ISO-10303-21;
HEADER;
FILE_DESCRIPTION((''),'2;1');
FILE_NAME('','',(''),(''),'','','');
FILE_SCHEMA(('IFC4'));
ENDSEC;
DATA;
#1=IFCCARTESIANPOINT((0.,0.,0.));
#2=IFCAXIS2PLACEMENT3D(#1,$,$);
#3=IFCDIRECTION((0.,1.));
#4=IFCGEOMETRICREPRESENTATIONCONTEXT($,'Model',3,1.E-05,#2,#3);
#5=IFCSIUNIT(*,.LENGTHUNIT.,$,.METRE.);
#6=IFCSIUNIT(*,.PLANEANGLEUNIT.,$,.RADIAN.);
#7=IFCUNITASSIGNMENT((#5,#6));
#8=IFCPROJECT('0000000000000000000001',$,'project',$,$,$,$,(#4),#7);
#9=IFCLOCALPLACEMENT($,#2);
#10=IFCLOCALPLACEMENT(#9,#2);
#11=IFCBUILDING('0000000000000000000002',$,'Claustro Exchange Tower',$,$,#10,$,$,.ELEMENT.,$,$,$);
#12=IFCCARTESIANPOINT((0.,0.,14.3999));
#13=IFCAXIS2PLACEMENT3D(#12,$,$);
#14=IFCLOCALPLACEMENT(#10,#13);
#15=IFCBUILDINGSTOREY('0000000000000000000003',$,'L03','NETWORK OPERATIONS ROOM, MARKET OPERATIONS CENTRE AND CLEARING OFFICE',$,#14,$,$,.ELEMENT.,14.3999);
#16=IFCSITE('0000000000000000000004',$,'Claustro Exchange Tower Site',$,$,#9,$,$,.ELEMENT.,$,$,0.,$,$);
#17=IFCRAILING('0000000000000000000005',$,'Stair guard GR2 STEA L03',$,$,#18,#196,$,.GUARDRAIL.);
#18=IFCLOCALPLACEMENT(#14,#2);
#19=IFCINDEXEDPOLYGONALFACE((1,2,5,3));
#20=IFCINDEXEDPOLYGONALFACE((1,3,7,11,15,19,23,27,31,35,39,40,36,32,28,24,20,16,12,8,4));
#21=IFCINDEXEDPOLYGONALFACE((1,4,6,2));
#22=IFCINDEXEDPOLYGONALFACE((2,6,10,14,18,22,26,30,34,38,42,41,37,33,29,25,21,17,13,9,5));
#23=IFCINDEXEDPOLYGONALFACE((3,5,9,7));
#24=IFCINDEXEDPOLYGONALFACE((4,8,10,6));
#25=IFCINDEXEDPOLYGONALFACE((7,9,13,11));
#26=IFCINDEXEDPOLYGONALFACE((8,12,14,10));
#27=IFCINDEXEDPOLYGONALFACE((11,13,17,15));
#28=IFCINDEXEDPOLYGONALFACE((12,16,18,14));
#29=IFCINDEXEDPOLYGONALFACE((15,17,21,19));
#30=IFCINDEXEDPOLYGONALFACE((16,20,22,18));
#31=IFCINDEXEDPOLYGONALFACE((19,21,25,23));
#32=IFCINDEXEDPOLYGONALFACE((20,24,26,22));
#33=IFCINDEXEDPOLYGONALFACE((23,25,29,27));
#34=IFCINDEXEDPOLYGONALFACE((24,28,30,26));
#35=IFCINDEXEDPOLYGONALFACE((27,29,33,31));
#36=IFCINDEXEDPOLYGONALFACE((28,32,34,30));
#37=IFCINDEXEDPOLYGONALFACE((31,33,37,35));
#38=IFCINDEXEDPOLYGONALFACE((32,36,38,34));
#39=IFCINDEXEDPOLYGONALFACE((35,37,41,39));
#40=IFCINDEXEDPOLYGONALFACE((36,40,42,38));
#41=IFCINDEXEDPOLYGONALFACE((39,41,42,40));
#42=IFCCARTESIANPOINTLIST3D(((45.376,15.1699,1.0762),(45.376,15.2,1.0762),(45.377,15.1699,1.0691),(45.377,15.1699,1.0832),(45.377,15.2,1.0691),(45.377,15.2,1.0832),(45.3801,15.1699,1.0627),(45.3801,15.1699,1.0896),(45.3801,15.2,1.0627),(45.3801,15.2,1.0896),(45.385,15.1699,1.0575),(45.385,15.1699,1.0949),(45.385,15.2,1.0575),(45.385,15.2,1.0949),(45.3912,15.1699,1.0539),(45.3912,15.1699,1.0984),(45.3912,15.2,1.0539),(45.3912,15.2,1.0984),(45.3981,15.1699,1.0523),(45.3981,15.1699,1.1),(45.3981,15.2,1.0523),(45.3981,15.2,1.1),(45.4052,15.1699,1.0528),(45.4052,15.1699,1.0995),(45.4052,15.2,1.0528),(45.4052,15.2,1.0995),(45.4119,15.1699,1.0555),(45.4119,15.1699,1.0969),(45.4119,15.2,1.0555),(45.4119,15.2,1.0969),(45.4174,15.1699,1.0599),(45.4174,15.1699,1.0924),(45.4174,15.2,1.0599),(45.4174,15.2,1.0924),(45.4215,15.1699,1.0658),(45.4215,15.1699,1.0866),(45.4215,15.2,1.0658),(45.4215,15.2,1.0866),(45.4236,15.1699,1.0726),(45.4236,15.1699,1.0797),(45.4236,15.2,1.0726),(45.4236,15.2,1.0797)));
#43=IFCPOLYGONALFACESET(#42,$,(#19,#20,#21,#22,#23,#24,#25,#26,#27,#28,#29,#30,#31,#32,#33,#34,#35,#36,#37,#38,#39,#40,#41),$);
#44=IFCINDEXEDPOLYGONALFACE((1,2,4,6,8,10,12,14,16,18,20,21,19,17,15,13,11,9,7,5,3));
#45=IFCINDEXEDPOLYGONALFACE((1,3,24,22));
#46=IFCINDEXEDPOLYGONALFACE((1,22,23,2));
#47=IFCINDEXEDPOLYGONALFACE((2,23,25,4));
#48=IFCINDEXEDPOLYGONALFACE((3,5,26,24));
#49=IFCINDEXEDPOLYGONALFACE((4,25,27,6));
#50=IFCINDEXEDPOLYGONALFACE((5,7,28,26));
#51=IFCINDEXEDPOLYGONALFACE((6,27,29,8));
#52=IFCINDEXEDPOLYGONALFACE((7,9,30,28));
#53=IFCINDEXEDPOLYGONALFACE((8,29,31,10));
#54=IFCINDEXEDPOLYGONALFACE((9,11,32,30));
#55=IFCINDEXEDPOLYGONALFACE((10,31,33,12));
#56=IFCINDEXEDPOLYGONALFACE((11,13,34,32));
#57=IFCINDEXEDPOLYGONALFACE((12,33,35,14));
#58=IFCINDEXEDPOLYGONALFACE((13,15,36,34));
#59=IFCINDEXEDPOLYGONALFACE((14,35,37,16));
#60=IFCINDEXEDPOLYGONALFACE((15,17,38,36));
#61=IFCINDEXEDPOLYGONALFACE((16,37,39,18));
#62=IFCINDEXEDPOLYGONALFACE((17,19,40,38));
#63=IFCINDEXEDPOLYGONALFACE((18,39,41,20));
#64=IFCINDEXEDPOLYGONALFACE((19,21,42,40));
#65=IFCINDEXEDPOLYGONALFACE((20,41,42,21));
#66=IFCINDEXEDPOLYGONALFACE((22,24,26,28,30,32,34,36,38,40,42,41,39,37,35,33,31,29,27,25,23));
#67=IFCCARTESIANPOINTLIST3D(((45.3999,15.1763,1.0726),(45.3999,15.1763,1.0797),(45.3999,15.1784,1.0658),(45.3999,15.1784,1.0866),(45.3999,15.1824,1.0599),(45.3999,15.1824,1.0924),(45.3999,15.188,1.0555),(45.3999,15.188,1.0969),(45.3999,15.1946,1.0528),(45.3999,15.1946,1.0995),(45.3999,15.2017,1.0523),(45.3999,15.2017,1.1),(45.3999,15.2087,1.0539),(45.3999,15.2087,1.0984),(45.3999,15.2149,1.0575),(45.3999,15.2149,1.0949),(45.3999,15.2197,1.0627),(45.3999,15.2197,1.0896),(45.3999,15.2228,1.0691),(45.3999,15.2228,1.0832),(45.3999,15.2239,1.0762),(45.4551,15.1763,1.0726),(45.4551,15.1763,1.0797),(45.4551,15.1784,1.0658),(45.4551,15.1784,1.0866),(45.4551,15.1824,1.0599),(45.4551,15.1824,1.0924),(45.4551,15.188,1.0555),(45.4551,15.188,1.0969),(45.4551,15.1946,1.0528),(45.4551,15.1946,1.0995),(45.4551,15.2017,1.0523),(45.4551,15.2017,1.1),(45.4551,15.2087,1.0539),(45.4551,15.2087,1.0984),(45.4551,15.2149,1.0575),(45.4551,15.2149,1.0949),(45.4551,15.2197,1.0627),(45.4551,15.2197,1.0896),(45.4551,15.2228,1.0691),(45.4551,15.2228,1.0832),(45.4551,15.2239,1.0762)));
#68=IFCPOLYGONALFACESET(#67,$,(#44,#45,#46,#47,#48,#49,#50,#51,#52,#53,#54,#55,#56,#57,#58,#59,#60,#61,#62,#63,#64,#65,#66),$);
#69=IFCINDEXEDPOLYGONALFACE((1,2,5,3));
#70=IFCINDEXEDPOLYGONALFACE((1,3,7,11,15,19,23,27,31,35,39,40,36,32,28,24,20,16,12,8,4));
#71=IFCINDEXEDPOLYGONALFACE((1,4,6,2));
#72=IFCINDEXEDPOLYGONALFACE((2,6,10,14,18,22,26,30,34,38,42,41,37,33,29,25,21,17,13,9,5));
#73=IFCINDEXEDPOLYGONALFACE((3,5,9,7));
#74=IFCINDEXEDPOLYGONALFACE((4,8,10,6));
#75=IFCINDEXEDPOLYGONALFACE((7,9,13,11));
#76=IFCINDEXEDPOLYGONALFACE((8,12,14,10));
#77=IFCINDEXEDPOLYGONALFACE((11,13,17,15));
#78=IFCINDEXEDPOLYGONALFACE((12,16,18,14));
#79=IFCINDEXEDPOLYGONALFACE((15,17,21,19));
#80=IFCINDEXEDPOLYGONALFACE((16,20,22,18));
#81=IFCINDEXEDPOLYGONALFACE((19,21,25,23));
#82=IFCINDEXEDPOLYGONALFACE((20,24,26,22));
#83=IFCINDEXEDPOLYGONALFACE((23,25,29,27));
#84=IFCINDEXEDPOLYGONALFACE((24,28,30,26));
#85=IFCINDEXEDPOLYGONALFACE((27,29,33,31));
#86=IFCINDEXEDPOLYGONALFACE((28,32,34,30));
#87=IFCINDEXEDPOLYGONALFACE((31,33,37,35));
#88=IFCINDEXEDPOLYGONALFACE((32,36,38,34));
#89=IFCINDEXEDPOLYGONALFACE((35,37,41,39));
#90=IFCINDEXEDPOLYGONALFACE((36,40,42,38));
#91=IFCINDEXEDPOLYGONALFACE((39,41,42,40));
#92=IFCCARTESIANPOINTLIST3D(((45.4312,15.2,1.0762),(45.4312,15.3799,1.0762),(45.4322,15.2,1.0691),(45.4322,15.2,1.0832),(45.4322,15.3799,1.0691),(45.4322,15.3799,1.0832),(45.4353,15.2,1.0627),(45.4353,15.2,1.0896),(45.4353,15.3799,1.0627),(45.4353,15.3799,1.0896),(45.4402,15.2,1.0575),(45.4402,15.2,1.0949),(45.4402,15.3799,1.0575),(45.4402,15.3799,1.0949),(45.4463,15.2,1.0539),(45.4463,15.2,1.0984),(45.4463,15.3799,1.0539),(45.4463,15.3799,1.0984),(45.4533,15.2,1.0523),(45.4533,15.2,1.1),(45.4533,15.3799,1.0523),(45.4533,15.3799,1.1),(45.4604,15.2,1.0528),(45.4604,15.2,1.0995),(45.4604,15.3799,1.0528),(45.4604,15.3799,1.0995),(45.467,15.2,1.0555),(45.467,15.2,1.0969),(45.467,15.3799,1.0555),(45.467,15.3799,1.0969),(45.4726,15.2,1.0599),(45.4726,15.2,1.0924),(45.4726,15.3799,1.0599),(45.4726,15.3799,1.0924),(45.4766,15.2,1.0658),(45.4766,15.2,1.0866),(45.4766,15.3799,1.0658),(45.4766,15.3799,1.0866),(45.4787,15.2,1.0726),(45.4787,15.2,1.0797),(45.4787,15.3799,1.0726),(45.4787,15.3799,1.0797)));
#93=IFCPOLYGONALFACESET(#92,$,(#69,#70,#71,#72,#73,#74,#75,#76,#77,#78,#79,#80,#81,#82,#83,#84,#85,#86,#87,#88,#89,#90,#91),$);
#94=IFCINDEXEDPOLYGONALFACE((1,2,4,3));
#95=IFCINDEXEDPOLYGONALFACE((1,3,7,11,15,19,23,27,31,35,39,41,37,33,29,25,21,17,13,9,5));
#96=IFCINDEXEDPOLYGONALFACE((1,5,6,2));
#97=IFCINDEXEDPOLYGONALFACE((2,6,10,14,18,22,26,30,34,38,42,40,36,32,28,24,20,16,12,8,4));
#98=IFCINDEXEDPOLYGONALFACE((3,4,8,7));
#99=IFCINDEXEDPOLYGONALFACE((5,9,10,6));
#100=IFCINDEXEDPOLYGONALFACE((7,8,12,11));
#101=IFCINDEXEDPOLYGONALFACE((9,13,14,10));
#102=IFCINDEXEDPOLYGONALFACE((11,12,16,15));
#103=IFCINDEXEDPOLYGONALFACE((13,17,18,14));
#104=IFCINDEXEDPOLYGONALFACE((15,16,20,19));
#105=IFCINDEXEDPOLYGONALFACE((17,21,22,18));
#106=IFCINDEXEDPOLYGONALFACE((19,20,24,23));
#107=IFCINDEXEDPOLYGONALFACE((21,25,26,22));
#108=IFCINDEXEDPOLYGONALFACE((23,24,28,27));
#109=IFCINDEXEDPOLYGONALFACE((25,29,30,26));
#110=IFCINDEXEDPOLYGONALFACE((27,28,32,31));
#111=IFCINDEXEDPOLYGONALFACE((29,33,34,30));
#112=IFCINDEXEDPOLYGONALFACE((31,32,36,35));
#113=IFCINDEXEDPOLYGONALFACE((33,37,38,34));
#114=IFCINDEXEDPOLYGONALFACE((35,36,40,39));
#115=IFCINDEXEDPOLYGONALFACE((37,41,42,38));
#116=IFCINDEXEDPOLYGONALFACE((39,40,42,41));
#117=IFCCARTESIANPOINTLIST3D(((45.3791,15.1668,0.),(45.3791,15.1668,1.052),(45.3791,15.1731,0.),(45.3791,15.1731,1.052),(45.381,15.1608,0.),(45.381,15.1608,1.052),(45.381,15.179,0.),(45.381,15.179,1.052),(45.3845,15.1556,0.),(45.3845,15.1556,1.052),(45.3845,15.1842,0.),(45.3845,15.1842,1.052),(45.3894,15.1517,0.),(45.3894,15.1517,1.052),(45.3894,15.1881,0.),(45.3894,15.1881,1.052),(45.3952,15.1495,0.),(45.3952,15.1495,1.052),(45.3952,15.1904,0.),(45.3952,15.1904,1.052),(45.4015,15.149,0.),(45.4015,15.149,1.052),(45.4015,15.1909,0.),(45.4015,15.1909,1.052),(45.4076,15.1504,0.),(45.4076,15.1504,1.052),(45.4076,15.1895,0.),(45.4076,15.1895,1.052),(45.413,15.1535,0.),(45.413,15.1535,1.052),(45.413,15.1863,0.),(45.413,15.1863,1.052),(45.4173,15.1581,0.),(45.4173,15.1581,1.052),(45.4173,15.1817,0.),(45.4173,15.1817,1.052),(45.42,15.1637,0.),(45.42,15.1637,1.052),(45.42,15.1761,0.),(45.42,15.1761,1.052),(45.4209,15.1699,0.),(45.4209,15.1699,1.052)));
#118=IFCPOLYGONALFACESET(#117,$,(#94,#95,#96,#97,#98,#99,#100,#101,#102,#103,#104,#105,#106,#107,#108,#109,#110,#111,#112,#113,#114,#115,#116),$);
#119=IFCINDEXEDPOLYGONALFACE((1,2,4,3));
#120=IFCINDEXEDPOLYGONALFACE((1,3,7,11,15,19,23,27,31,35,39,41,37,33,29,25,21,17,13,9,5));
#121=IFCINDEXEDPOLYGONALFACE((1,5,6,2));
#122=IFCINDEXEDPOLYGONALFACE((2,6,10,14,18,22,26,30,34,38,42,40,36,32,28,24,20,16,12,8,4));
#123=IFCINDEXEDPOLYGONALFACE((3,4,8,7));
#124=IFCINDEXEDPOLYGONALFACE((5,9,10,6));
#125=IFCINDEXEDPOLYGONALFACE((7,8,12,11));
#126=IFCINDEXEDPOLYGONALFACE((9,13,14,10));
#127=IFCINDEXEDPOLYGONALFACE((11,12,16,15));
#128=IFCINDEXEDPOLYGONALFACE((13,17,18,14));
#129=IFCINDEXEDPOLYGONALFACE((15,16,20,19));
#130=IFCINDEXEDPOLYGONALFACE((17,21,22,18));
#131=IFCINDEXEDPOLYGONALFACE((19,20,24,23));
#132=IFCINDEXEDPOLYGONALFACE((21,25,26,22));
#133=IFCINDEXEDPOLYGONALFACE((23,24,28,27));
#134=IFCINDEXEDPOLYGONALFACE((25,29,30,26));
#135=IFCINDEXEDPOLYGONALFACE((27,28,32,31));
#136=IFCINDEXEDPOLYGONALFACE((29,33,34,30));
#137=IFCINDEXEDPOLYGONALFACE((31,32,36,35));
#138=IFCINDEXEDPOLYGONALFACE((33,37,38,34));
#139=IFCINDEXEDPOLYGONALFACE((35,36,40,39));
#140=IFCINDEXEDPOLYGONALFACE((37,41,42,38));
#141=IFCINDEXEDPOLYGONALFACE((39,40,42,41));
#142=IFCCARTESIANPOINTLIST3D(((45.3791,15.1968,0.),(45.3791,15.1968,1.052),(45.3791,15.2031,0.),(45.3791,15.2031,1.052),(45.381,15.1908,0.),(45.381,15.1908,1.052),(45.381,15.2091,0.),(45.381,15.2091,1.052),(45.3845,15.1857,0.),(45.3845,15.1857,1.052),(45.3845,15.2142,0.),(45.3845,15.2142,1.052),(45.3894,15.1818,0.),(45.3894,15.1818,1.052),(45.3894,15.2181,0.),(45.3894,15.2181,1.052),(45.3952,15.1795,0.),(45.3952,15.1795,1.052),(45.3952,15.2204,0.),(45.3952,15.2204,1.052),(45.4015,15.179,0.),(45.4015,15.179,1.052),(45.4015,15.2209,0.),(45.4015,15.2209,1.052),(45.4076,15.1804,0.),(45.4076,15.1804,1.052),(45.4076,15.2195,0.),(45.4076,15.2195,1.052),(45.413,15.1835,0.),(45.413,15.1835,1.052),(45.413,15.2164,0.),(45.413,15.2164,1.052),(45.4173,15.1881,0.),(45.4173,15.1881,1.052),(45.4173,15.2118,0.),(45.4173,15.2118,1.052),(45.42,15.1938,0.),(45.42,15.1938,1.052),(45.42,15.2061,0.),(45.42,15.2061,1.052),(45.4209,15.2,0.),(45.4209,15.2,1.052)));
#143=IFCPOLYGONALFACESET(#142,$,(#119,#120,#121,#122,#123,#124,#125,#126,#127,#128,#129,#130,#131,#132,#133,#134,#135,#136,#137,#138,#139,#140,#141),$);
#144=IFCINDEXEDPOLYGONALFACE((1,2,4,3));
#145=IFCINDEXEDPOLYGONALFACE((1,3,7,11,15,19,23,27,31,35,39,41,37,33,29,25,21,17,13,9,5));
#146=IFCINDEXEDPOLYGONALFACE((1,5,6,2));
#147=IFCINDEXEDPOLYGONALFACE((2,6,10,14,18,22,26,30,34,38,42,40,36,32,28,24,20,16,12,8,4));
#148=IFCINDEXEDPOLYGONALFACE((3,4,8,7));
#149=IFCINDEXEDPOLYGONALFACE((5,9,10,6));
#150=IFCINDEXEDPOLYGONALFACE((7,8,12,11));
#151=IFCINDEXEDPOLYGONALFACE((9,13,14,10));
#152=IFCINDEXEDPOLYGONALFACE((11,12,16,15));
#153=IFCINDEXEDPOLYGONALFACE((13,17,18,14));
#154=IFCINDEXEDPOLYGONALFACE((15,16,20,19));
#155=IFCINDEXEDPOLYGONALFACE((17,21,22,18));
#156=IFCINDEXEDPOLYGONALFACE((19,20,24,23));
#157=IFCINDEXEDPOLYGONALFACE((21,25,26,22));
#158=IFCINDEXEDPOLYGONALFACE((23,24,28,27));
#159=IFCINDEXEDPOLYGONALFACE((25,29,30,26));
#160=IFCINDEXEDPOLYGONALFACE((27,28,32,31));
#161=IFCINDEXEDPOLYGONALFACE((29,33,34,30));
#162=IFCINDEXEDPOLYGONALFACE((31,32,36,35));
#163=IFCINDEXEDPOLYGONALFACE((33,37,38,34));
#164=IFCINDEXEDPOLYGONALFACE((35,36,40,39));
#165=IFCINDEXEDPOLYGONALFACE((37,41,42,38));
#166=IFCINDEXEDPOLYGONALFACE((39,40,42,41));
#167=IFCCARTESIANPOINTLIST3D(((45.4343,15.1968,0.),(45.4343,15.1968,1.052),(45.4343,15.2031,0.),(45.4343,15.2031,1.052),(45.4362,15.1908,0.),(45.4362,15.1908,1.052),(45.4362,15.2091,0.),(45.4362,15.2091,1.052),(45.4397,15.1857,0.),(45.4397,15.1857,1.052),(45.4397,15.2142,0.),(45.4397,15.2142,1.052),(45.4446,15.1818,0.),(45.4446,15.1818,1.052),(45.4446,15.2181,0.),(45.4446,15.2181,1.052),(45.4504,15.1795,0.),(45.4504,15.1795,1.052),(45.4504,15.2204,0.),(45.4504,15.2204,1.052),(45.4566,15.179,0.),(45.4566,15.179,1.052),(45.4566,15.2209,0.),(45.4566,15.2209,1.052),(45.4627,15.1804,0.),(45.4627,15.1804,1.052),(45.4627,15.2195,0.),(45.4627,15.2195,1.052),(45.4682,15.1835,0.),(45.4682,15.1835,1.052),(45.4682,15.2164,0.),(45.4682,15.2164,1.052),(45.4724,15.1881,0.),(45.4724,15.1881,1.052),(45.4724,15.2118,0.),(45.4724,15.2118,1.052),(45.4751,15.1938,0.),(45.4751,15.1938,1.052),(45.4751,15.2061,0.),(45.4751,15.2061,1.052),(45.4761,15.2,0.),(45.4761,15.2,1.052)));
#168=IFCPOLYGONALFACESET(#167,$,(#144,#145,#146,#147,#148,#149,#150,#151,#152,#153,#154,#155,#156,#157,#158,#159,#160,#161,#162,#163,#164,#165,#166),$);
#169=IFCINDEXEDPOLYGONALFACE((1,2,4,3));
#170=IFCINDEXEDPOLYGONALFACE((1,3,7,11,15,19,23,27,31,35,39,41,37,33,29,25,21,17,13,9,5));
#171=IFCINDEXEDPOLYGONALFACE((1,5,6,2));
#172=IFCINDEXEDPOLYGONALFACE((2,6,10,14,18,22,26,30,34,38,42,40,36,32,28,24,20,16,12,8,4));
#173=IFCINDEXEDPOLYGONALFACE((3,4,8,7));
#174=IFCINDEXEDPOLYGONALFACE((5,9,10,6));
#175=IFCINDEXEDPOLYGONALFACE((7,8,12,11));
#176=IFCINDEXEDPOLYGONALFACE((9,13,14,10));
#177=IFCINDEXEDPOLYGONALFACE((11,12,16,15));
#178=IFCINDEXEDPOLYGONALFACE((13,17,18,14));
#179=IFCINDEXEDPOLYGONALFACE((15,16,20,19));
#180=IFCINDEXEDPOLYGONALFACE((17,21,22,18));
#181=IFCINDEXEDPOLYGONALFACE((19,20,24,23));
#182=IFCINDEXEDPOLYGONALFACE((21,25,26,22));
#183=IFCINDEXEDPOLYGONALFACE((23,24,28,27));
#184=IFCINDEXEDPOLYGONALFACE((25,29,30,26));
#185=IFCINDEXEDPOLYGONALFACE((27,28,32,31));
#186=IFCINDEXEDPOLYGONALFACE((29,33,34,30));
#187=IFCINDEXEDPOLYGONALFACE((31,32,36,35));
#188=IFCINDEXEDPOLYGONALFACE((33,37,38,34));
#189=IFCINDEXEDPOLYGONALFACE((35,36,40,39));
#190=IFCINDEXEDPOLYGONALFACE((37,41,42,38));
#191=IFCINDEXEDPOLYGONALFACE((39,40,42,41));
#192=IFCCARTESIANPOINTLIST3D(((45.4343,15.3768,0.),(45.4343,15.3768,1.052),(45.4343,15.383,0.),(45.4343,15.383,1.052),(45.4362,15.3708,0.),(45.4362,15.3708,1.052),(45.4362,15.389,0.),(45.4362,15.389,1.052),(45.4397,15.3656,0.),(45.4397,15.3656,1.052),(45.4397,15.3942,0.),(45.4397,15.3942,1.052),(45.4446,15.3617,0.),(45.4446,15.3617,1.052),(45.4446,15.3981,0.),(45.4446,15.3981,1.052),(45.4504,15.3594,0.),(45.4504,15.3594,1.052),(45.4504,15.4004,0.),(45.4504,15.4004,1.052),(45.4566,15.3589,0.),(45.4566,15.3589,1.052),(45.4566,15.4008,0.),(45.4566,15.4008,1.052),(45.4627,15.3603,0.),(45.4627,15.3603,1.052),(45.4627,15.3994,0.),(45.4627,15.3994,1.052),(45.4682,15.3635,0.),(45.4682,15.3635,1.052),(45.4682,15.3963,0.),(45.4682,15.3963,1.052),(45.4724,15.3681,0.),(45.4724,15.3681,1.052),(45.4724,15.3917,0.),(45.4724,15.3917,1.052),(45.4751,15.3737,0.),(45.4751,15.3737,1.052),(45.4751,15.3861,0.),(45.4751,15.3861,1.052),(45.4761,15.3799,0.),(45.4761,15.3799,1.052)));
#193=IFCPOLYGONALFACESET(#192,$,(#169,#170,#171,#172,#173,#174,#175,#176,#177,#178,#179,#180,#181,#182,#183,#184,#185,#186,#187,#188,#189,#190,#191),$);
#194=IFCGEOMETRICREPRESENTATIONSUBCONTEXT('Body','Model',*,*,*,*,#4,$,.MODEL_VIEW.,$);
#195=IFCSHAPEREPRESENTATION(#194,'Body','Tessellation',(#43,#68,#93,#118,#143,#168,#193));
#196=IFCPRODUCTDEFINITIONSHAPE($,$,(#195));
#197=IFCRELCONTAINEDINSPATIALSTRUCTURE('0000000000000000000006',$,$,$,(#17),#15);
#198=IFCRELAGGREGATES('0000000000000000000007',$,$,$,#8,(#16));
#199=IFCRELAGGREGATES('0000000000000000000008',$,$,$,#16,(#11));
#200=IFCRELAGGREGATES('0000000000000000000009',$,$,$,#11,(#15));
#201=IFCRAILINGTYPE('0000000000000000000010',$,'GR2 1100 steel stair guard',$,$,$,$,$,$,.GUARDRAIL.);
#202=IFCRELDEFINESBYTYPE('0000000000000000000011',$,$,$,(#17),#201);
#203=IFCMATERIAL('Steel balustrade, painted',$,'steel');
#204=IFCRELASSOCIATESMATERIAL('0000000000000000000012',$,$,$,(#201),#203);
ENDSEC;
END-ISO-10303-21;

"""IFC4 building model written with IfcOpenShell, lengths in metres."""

from ifc_helpers import new_model, si_unit, direction, frame, origin, origin_2d, place, context, subcontext, project, spatial, circle, extrude, material, type_object, element, save


model = new_model("IFC4")

# Units and contexts
model_context = context("Model", 3, precision=1e-05, world=origin(), true_north=direction((0.0, 1.0)))
body_context = subcontext(model_context, "Body", "Model", "MODEL_VIEW")
ifc_project = project(units=[si_unit("LENGTHUNIT", "METRE"), si_unit("PLANEANGLEUNIT", "RADIAN")], contexts=[model_context])

# Site, building, storey
site_placement = place(None, origin())
site = spatial("IfcSite", under=ifc_project, at=site_placement, Name="Claustro Exchange Tower Site", CompositionType="ELEMENT", RefElevation=0.0)
building_placement = place(site_placement, origin())
building = spatial("IfcBuilding", under=site, at=building_placement, Name="Claustro Exchange Tower", CompositionType="ELEMENT")
storey_placement = place(building_placement, frame((0.0, 0.0, 14.3999)))
storey = spatial("IfcBuildingStorey", under=building, at=storey_placement, Name="L03", Description="NETWORK OPERATIONS ROOM, MARKET OPERATIONS CENTRE AND CLEARING OFFICE", CompositionType="ELEMENT", Elevation=14.3999)

# Railing
ifc_material_1 = material(Name="Steel balustrade, painted", Category="steel")
railing_type_1 = type_object("IfcRailingType", Name="GR2 1100 steel stair guard", PredefinedType="GUARDRAIL", material=ifc_material_1)
railing_1_placement = place(storey_placement, frame((45.3999, 15.1699, 0.0)))
element("IfcRailing", 1, at=railing_1_placement, inside=storey, type_object=railing_type_1, Name="Stair guard GR2 STEA L03", PredefinedType="GUARDRAIL", context=body_context, shape_type="SweptSolid", body=[
    extrude(circle(Radius=0.0239, at=origin_2d()), frame((0.0, 0.0, 1.0762), z_axis=(0.0, 1.0, 0.0), x_axis=(-1.0, 0.0, 0.0)), (0.0, 0.0, 1.0), 0.03),
    extrude(circle(Radius=0.0239, at=origin_2d()), frame((0.0, 0.03, 1.0762), z_axis=(1.0, 0.0, 0.0), x_axis=(0.0, 1.0, 0.0)), (0.0, 0.0, 1.0), 0.0552),
    extrude(circle(Radius=0.0239, at=origin_2d()), frame((0.0552, 0.03, 1.0762), z_axis=(0.0, 1.0, 0.0), x_axis=(-1.0, 0.0, 0.0)), (0.0, 0.0, 1.0), 0.1799),
    extrude(circle(Radius=0.021, at=origin_2d()), origin(), (0.0, 0.0, 1.0), 1.052),
    extrude(circle(Radius=0.021, at=origin_2d()), frame((0.0, 0.03, 0.0)), (0.0, 0.0, 1.0), 1.052),
    extrude(circle(Radius=0.021, at=origin_2d()), frame((0.0552, 0.03, 0.0)), (0.0, 0.0, 1.0), 1.052),
    extrude(circle(Radius=0.021, at=origin_2d()), frame((0.0552, 0.21, 0.0)), (0.0, 0.0, 1.0), 1.052),
])

save(model, "model.ifc")
